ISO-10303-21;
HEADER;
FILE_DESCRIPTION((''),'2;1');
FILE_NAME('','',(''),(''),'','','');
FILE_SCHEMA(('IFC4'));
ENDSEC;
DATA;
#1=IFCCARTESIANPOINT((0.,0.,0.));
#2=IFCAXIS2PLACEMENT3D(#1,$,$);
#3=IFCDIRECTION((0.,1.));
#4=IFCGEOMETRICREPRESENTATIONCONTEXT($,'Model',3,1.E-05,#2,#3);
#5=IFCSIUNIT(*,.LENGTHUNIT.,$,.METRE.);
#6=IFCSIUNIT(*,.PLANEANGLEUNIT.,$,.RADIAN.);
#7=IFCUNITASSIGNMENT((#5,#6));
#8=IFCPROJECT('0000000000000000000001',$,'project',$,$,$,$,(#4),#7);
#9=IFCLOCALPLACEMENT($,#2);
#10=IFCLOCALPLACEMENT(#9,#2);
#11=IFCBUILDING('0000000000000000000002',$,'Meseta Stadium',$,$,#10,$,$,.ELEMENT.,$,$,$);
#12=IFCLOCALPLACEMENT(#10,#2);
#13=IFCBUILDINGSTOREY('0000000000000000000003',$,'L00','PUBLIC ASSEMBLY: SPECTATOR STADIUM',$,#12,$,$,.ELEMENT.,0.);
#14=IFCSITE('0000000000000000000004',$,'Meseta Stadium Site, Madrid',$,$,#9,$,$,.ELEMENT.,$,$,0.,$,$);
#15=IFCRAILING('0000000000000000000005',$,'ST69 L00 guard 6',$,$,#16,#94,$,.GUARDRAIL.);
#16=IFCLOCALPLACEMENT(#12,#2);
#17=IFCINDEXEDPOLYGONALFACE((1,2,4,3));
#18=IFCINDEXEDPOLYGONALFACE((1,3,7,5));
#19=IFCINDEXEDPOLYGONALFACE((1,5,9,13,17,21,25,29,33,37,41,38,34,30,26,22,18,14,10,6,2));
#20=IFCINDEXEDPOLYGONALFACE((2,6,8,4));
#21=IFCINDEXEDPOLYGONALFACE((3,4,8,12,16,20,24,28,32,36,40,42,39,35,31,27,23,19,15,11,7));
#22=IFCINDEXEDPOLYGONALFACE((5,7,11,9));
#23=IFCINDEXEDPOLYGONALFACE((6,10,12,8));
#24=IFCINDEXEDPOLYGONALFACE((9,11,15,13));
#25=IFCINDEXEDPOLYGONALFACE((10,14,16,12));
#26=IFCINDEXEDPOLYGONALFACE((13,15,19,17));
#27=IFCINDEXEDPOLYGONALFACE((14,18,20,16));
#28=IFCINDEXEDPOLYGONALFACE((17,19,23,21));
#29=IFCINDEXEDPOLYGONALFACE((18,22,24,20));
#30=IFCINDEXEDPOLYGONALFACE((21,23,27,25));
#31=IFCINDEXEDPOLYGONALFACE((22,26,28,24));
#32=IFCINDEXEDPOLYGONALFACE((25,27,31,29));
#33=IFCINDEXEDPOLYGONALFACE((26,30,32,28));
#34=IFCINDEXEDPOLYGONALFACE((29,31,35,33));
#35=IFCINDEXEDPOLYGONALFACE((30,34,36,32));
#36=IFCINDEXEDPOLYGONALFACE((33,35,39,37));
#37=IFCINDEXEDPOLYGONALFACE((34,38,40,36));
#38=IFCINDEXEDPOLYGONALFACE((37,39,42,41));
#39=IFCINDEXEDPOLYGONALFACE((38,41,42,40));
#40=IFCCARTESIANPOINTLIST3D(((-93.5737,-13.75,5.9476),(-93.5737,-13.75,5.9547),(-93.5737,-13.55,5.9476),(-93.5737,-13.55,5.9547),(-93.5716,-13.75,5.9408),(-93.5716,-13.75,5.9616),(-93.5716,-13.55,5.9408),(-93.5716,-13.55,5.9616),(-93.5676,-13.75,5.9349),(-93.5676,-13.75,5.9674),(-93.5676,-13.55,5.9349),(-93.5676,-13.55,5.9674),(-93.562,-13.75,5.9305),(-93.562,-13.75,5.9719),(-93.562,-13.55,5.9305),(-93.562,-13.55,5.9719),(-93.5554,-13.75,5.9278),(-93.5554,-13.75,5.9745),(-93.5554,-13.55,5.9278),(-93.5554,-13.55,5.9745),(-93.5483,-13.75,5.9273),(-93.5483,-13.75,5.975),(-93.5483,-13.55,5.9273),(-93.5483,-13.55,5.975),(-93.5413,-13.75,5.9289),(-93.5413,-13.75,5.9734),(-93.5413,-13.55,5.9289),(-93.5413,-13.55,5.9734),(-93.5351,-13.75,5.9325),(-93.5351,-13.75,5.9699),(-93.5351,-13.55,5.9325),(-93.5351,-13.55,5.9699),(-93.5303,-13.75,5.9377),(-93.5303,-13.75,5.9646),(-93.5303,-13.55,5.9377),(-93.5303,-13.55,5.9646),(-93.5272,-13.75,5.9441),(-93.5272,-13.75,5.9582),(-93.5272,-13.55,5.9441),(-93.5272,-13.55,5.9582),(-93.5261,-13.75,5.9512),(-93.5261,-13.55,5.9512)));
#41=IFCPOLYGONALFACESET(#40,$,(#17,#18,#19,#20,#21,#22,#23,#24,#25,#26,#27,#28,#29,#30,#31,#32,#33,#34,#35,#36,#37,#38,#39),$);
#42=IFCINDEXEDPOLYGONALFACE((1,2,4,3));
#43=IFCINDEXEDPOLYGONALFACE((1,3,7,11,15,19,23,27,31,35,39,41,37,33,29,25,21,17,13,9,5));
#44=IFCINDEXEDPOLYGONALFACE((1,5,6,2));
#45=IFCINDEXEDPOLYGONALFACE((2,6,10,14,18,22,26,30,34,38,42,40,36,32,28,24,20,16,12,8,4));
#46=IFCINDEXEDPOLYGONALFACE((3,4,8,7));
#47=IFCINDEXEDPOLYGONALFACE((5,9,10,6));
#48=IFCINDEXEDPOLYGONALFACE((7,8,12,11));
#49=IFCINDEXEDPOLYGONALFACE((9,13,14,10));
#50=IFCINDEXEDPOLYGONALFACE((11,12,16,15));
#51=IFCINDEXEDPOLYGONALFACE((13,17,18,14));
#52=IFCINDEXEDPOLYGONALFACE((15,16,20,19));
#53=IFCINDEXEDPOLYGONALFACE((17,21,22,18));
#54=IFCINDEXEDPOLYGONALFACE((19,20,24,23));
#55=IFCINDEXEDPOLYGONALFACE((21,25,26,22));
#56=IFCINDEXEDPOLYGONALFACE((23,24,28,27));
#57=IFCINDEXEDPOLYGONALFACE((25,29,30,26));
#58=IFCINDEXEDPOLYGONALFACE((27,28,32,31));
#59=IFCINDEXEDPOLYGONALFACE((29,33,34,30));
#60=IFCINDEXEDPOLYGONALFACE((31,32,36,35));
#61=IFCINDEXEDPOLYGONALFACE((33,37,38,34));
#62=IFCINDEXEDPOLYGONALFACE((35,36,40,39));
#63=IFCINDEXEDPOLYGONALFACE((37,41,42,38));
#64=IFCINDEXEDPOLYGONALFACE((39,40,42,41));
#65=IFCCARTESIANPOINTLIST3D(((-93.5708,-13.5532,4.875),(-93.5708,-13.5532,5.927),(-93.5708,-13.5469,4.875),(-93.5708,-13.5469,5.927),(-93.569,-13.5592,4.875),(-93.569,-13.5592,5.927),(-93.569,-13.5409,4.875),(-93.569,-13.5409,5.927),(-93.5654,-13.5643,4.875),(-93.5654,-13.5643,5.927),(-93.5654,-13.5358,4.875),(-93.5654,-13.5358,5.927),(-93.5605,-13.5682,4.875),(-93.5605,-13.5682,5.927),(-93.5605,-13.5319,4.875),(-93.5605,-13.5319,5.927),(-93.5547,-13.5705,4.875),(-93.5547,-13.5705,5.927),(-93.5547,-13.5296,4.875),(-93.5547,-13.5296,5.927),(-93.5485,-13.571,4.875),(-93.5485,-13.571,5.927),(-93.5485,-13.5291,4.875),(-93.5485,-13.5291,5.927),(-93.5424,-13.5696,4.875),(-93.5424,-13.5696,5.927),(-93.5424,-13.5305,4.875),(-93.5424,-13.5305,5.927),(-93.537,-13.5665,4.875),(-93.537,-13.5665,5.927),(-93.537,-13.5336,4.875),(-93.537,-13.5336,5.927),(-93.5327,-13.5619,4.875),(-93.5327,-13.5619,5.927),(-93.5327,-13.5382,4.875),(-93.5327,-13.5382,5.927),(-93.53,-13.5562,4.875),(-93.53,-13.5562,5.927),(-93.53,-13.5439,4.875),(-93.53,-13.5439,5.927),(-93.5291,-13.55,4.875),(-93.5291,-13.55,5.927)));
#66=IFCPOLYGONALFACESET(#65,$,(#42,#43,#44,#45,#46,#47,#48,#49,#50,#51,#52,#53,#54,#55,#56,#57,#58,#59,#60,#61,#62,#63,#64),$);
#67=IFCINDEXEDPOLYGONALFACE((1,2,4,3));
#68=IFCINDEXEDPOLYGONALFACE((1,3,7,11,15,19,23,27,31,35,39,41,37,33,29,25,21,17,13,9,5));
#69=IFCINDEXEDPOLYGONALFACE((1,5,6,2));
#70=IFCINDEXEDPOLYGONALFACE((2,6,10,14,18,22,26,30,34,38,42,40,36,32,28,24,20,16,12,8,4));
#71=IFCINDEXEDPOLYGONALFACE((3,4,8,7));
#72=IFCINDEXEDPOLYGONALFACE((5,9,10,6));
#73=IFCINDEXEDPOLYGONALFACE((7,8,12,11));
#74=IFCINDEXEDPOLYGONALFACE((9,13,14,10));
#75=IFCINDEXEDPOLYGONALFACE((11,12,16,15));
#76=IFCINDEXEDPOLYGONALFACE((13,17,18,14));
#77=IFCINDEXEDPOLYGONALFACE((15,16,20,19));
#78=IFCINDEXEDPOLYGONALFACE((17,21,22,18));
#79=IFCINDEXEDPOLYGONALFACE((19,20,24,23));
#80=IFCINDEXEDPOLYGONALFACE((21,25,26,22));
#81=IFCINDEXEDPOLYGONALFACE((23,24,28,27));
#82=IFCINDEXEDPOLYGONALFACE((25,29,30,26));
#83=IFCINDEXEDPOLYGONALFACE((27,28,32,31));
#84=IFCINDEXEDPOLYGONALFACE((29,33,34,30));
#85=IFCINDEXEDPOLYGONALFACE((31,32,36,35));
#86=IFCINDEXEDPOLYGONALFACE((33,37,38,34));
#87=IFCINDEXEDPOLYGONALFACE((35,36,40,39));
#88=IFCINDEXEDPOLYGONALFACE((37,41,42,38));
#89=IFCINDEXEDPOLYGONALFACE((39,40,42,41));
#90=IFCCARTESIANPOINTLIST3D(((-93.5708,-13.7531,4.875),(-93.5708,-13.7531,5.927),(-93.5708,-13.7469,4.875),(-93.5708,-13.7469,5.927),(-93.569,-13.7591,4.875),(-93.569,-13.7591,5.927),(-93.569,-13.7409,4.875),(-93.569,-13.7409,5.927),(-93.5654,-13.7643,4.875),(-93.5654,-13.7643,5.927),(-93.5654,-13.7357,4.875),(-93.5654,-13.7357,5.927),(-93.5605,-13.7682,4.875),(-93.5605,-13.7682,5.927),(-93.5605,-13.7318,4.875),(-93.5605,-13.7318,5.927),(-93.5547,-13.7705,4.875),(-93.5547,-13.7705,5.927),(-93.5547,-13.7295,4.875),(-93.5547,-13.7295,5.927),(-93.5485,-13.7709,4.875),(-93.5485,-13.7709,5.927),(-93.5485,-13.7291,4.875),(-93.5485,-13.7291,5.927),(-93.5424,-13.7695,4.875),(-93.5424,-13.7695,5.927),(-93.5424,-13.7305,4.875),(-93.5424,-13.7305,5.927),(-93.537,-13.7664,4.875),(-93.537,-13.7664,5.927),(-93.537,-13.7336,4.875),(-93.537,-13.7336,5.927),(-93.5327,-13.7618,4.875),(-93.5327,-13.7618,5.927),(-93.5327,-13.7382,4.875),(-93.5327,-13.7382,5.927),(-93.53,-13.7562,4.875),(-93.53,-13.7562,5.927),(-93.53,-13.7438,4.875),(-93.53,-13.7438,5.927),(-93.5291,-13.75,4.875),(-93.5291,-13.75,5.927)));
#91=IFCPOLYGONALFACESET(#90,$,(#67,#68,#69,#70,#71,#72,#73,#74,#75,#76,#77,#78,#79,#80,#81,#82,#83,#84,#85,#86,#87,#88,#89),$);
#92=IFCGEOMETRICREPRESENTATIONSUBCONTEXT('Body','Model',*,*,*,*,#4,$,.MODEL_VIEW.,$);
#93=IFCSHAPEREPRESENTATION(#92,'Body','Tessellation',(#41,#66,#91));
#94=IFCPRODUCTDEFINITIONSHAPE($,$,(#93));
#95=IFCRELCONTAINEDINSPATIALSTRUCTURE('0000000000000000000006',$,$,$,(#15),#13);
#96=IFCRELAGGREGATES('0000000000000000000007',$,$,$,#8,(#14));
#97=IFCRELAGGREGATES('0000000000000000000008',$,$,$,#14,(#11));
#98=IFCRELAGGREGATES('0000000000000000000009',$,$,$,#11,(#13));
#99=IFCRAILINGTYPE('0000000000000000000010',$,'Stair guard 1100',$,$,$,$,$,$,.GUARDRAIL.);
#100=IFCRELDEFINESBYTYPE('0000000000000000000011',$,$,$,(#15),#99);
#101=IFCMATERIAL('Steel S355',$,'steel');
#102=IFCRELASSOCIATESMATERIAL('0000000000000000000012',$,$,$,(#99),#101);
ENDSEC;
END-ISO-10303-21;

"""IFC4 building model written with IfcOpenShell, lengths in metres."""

from ifc_helpers import new_model, si_unit, direction, frame, origin, origin_2d, place, context, subcontext, project, spatial, circle, extrude, material, type_object, element, save


model = new_model("IFC4")

# Units and contexts
model_context = context("Model", 3, precision=1e-05, world=origin(), true_north=direction((0.0, 1.0)))
body_context = subcontext(model_context, "Body", "Model", "MODEL_VIEW")
ifc_project = project(units=[si_unit("LENGTHUNIT", "METRE"), si_unit("PLANEANGLEUNIT", "RADIAN")], contexts=[model_context])

# Site, building, storey
site_placement = place(None, origin())
site = spatial("IfcSite", under=ifc_project, at=site_placement, Name="Meseta Stadium Site, Madrid", CompositionType="ELEMENT", RefElevation=0.0)
building_placement = place(site_placement, origin())
building = spatial("IfcBuilding", under=site, at=building_placement, Name="Meseta Stadium", CompositionType="ELEMENT")
storey_placement = place(building_placement, origin())
storey = spatial("IfcBuildingStorey", under=building, at=storey_placement, Name="L00", Description="PUBLIC ASSEMBLY: SPECTATOR STADIUM", CompositionType="ELEMENT", Elevation=0.0)

# Railing
ifc_material_1 = material(Name="Steel S355", Category="steel")
railing_type = type_object("IfcRailingType", Name="Stair guard 1100", PredefinedType="GUARDRAIL", material=ifc_material_1)
for number, where, name in (
    (1, (-93.55, -13.55, 4.875), "ST69 L00 guard 6"),
):
    element("IfcRailing", number, at=place(storey_placement, frame(where)), inside=storey, type_object=railing_type, Name=name, PredefinedType="GUARDRAIL", context=body_context, shape_type="SweptSolid", body=[
        extrude(circle(Radius=0.0239, at=origin_2d()), frame((0.0, 0.0, 1.0762), z_axis=(0.0, -1.0, 0.0), x_axis=(1.0, 0.0, 0.0)), (0.0, 0.0, 1.0), 0.2),
        extrude(circle(Radius=0.021, at=origin_2d()), origin(), (0.0, 0.0, 1.0), 1.052),
        extrude(circle(Radius=0.021, at=origin_2d()), frame((0.0, -0.2, 0.0)), (0.0, 0.0, 1.0), 1.052),
    ])

save(model, "model.ifc")
